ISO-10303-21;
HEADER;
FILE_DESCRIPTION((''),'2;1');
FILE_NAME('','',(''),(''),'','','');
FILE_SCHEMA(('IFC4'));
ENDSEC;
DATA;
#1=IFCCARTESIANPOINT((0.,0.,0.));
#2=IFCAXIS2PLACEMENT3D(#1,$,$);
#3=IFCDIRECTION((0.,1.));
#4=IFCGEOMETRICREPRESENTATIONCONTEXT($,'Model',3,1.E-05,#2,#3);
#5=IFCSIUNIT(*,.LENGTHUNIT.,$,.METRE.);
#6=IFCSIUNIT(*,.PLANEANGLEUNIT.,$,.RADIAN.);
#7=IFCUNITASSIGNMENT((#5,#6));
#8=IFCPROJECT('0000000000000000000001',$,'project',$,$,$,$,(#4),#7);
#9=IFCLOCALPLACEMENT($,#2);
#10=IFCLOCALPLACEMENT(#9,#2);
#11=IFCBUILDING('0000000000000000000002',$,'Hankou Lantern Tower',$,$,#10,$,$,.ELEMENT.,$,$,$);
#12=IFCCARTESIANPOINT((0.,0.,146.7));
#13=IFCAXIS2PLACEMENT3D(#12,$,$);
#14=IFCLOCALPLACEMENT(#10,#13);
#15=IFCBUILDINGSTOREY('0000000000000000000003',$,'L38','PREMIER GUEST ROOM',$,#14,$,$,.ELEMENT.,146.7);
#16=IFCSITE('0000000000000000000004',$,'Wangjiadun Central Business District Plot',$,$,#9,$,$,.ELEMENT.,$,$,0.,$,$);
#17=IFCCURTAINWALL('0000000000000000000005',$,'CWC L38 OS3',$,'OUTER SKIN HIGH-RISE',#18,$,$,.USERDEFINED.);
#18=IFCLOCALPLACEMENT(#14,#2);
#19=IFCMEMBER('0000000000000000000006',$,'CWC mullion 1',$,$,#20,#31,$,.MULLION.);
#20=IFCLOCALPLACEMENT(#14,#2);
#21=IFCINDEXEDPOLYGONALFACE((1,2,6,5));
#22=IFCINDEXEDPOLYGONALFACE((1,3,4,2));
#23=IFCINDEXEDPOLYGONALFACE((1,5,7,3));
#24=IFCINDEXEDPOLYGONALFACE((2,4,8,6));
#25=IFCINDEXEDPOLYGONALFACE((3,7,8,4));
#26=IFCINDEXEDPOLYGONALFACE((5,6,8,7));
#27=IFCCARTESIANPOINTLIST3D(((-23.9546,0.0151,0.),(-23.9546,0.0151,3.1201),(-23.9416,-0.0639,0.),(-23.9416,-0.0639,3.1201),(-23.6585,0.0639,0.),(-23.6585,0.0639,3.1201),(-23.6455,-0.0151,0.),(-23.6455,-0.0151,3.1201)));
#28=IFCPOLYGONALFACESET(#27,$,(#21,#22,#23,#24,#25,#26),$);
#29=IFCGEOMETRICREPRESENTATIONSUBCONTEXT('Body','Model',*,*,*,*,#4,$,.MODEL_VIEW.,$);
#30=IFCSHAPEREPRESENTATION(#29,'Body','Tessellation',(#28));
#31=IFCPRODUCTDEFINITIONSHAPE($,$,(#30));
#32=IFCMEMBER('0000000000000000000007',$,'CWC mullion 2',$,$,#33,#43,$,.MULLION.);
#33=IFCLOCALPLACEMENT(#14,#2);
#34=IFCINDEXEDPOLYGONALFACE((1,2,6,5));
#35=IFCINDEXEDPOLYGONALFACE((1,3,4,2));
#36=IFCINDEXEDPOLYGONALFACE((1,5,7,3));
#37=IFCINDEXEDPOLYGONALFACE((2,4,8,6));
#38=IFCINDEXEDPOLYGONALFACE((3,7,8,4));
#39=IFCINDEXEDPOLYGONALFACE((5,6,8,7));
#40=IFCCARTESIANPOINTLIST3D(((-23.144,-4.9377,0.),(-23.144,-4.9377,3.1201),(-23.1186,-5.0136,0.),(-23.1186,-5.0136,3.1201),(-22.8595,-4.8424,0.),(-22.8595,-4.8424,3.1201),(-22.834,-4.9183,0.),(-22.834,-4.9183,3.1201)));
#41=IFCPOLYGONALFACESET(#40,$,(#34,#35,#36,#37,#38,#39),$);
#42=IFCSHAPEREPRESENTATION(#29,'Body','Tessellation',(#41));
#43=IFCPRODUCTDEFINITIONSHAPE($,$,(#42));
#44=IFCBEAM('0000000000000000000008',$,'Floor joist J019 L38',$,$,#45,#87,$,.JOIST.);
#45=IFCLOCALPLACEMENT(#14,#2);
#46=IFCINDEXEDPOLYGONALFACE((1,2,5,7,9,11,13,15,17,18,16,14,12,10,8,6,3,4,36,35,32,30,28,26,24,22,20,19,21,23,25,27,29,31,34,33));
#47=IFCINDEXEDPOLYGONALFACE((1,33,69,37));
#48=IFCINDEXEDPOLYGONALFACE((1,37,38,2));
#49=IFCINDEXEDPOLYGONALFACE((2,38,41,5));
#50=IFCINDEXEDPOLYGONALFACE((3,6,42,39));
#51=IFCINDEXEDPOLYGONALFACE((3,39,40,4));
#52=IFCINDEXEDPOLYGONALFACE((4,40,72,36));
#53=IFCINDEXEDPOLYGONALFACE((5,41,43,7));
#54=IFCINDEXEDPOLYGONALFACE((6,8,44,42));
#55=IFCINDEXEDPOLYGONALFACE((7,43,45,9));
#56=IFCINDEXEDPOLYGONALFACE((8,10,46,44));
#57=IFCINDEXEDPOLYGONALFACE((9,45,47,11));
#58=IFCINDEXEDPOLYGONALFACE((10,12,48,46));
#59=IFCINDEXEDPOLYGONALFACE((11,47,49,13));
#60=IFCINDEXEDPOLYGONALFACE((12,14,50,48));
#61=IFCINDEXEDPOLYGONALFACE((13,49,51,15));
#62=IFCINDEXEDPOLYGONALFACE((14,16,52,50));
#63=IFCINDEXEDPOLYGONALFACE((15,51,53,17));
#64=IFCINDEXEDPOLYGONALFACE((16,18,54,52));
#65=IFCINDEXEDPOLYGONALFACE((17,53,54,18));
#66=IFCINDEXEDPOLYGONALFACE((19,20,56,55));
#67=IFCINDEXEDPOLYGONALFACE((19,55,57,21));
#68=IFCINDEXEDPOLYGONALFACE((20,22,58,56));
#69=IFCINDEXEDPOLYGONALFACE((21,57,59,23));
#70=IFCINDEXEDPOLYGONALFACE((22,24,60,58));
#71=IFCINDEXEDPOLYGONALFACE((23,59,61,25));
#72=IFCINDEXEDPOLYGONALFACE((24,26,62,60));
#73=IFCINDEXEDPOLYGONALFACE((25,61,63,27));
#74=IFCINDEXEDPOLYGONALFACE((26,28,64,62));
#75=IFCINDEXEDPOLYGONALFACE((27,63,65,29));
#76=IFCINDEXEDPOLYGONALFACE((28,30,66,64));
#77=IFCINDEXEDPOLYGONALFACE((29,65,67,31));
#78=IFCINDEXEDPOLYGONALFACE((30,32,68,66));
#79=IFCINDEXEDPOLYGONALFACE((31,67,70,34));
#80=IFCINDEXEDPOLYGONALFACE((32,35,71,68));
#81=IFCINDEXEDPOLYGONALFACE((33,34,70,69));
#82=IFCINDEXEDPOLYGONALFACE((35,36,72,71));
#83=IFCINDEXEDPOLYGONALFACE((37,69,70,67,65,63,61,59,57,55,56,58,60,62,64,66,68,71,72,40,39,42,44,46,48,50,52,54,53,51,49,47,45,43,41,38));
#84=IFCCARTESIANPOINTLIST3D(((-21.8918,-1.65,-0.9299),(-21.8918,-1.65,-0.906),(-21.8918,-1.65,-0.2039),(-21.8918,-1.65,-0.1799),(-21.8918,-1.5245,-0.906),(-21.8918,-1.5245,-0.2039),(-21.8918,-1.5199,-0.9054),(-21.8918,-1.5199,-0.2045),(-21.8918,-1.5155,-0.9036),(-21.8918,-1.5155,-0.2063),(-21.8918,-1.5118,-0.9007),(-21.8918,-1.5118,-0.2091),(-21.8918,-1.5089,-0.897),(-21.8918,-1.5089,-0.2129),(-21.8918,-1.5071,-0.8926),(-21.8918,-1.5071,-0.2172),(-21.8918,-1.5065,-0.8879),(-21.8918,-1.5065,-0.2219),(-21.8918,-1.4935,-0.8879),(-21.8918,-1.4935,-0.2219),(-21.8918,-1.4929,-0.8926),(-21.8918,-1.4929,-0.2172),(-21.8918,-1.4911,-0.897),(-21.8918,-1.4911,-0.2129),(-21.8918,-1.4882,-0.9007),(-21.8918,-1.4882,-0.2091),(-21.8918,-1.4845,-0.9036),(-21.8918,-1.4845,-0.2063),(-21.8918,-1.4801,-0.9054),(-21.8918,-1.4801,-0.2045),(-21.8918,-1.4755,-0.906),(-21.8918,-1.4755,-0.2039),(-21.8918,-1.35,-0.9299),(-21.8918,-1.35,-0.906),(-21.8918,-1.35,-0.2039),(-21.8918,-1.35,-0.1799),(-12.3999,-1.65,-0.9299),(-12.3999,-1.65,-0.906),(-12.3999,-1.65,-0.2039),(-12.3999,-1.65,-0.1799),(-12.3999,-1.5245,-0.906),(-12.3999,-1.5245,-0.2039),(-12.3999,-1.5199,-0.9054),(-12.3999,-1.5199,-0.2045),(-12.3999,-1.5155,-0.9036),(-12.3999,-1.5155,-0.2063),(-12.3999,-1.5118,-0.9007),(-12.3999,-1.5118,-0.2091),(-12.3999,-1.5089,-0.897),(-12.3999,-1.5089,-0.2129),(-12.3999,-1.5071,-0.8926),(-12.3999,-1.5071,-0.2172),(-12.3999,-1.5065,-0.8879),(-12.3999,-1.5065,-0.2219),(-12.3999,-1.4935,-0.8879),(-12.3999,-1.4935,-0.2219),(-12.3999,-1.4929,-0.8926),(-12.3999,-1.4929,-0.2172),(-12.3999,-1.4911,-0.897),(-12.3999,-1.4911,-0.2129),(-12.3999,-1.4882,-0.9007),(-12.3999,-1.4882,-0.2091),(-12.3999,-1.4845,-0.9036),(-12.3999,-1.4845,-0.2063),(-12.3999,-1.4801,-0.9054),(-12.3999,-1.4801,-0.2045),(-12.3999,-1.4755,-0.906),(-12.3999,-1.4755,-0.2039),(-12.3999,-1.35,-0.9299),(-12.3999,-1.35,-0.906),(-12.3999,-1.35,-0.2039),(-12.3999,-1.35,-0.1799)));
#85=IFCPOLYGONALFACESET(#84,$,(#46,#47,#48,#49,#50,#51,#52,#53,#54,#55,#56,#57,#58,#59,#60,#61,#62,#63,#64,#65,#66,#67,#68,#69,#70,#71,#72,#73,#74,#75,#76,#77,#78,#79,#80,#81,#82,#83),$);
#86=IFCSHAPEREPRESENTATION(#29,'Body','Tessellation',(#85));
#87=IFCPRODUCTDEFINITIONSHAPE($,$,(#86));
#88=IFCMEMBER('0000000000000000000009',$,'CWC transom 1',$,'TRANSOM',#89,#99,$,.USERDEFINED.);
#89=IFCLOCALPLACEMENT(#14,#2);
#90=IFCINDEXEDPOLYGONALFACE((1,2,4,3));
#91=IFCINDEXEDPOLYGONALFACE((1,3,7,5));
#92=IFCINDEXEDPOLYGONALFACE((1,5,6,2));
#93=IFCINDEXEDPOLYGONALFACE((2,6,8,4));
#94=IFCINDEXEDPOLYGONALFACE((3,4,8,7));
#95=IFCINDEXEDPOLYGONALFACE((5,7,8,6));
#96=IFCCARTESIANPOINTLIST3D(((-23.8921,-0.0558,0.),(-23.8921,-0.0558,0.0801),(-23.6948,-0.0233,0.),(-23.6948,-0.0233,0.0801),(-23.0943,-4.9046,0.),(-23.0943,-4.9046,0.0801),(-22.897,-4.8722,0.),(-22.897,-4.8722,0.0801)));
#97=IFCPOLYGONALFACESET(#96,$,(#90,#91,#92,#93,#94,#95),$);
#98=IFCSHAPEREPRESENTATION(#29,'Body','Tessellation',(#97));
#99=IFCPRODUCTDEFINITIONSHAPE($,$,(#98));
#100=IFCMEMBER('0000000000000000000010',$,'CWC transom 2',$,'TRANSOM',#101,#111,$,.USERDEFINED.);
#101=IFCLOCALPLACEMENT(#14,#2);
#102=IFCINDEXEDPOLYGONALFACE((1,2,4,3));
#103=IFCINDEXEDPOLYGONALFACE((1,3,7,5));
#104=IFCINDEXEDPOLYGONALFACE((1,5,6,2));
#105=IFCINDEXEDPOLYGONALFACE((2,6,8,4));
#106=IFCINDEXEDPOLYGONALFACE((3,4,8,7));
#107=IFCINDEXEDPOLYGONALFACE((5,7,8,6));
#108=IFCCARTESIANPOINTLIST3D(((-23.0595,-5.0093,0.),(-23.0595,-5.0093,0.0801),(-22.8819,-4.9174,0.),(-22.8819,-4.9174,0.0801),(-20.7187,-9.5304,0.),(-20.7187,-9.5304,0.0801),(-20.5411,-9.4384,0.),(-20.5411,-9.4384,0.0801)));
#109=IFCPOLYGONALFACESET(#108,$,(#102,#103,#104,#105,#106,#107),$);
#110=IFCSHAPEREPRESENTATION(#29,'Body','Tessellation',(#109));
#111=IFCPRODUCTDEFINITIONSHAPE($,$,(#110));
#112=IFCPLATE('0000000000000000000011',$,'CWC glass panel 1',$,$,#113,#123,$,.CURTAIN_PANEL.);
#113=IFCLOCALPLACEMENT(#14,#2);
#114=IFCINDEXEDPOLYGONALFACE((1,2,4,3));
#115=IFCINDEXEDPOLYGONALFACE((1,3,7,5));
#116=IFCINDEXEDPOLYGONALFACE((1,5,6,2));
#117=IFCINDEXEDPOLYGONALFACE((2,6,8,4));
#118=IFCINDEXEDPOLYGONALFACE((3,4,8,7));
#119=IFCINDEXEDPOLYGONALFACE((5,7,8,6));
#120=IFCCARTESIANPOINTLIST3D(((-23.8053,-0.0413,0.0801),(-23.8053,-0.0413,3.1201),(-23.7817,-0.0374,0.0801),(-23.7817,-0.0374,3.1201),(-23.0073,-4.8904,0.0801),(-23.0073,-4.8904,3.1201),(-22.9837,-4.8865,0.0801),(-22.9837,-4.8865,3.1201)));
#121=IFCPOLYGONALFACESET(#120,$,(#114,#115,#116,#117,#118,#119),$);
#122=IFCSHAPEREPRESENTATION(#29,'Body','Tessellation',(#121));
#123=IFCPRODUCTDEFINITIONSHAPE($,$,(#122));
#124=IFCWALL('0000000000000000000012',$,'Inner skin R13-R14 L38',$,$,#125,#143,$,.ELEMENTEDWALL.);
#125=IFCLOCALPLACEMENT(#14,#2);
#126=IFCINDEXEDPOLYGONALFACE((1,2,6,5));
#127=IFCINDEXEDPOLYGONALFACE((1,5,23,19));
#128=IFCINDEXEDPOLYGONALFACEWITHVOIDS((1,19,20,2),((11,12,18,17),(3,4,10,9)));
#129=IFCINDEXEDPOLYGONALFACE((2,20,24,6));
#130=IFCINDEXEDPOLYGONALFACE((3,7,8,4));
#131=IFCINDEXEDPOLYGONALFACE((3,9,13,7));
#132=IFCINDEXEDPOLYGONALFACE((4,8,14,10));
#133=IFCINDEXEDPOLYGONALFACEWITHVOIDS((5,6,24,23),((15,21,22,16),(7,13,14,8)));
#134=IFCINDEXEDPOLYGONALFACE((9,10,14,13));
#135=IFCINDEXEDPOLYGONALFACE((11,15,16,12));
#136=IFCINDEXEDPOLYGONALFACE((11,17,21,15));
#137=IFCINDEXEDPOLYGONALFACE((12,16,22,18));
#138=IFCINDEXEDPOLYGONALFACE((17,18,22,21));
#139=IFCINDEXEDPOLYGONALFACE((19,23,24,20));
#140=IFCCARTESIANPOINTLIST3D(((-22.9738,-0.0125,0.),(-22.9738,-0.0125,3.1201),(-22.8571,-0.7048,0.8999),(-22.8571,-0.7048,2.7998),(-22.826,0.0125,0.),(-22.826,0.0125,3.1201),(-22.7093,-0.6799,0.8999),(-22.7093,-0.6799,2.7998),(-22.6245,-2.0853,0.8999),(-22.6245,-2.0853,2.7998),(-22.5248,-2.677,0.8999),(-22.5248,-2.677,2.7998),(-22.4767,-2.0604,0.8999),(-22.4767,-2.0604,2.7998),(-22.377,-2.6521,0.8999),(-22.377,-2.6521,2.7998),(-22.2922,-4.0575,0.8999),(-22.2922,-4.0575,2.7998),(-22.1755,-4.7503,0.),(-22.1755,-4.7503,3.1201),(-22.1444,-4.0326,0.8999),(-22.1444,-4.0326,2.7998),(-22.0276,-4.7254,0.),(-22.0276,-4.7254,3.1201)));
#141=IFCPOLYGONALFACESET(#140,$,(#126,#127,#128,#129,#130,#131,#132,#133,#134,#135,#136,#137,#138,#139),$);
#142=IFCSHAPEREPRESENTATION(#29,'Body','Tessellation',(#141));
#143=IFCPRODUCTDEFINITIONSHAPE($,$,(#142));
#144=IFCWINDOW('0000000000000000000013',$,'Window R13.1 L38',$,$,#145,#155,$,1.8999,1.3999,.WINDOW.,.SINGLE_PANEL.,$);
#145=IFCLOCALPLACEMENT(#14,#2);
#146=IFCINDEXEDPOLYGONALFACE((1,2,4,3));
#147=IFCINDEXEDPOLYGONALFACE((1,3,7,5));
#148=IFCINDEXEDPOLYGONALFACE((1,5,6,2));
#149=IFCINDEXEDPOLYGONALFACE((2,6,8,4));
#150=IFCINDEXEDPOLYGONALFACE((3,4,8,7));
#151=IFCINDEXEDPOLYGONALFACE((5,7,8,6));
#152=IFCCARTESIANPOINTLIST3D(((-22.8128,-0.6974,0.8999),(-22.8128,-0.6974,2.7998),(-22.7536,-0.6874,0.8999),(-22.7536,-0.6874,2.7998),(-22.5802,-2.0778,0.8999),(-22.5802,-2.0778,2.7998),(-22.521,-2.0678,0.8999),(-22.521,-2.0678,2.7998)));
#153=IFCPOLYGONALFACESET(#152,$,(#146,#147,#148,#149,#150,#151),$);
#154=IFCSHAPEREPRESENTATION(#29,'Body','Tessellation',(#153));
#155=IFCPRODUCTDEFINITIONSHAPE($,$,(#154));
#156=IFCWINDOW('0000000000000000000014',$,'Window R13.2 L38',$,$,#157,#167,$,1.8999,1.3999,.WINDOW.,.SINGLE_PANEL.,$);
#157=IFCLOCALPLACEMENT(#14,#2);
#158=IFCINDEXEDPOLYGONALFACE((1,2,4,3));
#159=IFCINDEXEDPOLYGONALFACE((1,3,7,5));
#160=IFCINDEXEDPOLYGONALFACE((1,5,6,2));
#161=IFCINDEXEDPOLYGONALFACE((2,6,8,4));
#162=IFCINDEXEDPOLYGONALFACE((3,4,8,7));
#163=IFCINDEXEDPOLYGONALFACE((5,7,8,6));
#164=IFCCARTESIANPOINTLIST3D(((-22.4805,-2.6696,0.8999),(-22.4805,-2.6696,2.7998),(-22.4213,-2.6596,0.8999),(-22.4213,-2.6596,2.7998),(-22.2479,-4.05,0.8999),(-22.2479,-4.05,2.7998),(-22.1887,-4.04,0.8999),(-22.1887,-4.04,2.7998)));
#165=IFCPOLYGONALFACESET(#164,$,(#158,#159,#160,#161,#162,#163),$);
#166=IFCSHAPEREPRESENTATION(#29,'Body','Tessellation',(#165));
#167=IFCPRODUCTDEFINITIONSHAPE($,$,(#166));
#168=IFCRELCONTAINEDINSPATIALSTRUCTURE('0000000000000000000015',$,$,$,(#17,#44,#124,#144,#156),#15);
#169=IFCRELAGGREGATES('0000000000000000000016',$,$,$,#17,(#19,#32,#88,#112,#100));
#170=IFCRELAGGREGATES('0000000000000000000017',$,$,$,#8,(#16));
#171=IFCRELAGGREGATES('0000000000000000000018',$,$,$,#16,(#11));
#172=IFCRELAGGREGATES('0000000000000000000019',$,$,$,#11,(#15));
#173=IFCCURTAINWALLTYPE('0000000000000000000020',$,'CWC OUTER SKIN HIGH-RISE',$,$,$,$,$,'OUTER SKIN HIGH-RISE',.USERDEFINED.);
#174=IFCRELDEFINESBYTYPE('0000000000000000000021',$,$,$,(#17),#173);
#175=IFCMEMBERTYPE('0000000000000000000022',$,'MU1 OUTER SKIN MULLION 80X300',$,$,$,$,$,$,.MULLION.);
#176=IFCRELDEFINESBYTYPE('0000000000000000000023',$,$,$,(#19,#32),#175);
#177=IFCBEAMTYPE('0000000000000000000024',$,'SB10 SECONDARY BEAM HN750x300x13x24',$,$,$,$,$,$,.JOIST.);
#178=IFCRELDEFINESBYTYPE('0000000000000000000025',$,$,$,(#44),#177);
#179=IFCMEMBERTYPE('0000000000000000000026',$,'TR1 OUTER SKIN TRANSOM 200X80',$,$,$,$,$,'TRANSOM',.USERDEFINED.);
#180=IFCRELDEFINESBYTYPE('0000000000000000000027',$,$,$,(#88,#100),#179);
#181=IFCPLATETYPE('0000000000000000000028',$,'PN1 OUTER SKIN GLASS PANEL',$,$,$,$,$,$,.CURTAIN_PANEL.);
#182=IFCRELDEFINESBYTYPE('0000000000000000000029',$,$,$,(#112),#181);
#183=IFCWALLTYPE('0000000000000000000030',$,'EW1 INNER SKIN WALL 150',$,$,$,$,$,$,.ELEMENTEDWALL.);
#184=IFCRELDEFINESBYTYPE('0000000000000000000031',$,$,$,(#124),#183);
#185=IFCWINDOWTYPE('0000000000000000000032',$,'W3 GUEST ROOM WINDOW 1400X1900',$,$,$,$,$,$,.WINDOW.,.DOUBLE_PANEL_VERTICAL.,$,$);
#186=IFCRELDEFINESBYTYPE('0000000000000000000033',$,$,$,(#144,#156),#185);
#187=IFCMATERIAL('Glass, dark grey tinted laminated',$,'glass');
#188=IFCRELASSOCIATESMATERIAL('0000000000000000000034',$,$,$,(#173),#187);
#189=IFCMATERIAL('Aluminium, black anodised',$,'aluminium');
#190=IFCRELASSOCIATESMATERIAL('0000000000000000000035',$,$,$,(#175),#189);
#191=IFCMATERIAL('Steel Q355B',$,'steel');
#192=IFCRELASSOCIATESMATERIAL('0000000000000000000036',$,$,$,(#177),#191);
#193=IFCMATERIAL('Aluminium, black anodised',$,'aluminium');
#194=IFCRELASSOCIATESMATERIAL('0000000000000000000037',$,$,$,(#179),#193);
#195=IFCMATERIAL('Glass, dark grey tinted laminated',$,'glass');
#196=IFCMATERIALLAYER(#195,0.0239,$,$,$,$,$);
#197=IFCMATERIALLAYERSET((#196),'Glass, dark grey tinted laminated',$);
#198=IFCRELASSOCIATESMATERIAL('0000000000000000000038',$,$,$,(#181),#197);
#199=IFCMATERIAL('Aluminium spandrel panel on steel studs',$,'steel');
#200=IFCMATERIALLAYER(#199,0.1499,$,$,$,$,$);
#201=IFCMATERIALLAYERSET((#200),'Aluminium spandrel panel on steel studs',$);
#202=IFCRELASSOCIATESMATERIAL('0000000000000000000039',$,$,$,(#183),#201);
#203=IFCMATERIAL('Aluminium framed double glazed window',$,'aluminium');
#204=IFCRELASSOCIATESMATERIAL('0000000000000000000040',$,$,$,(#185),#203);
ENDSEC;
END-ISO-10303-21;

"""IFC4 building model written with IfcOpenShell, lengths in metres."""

from ifc_helpers import new_model, si_unit, direction, frame, frame_2d, origin, origin_2d, place, context, subcontext, project, spatial, rectangle, i_section, extrude, material, layer, layer_set, material_profile, profile_set, type_object, element, fill, aggregate, save


model = new_model("IFC4")

# Units and contexts
model_context = context("Model", 3, precision=1e-05, world=origin(), true_north=direction((0.0, 1.0)))
body_context = subcontext(model_context, "Body", "Model", "MODEL_VIEW")
ifc_project = project(units=[si_unit("LENGTHUNIT", "METRE"), si_unit("PLANEANGLEUNIT", "RADIAN")], contexts=[model_context])

# Site, building, storey
site_placement = place(None, origin())
site = spatial("IfcSite", under=ifc_project, at=site_placement, Name="Wangjiadun Central Business District Plot", CompositionType="ELEMENT", RefElevation=0.0)
building_placement = place(site_placement, origin())
building = spatial("IfcBuilding", under=site, at=building_placement, Name="Hankou Lantern Tower", CompositionType="ELEMENT")
storey_placement = place(building_placement, frame((0.0, 0.0, 146.7)))
storey = spatial("IfcBuildingStorey", under=building, at=storey_placement, Name="L38", Description="PREMIER GUEST ROOM", CompositionType="ELEMENT", Elevation=146.7)

# Curtain wall, members
ifc_material_1 = material(Name="Glass, dark grey tinted laminated", Category="glass")
curtain_wall_type = type_object("IfcCurtainWallType", Name="CWC OUTER SKIN HIGH-RISE", ElementType="OUTER SKIN HIGH-RISE", PredefinedType="USERDEFINED", material=ifc_material_1)
curtain_wall_placement = place(storey_placement, origin())
curtain_wall = element("IfcCurtainWall", 1, at=curtain_wall_placement, inside=storey, type_object=curtain_wall_type, Name="CWC L38 OS3", ObjectType="OUTER SKIN HIGH-RISE", PredefinedType="USERDEFINED")
ifc_material_2 = material(Name="Aluminium, black anodised", Category="aluminium")
ifc_material_profile_1 = material_profile(ifc_material_2, rectangle(XDim=0.0801, YDim=0.3, at=origin_2d()), Name="MU1 80X300")
ifc_profile_set_1 = profile_set([ifc_material_profile_1], Name="Aluminium, black anodised")
member_type_1 = type_object("IfcMemberType", Name="MU1 OUTER SKIN MULLION 80X300", PredefinedType="MULLION", material=ifc_profile_set_1)
member_1_placement = place(storey_placement, frame((-23.8, 0.0, 0.0), z_axis=(0.0, 0.0, 1.0), x_axis=(0.162382, -0.986728, 0.0)))
member_1 = element("IfcMember", 2, at=member_1_placement, type_object=member_type_1, Name="CWC mullion 1", PredefinedType="MULLION", context=body_context, shape_type="SweptSolid", body=[
    extrude(rectangle(XDim=0.0801, YDim=0.3, at=origin_2d()), origin(), (0.0, 0.0, 1.0), 3.1201),
])
member_2_placement = place(storey_placement, frame((-22.989, -4.928, 0.0), z_axis=(0.0, 0.0, 1.0), x_axis=(0.317596, -0.948226, 0.0)))
member_2 = element("IfcMember", 3, at=member_2_placement, type_object=member_type_1, Name="CWC mullion 2", PredefinedType="MULLION", context=body_context, shape_type="SweptSolid", body=[
    extrude(rectangle(XDim=0.0801, YDim=0.3, at=origin_2d()), origin(), (0.0, 0.0, 1.0), 3.1201),
])

# Beam
ifc_material_3 = material(Name="Steel Q355B", Category="steel")
ifc_material_profile_2 = material_profile(ifc_material_3, i_section(OverallWidth=0.3, OverallDepth=0.75, WebThickness=0.0129, FlangeThickness=0.0239, FilletRadius=0.0181, at=origin_2d()), Name="HN750x300x13x24")
ifc_profile_set_2 = profile_set([ifc_material_profile_2], Name="Steel Q355B")
beam_type_1 = type_object("IfcBeamType", Name="SB10 SECONDARY BEAM HN750x300x13x24", PredefinedType="JOIST", material=ifc_profile_set_2)
beam_1_placement = place(storey_placement, frame((-21.8918, -1.5, -0.5549), z_axis=(1.0, 0.0, 0.0), x_axis=(0.0, 1.0, 0.0)))
element("IfcBeam", 4, at=beam_1_placement, inside=storey, type_object=beam_type_1, Name="Floor joist J019 L38", PredefinedType="JOIST", context=body_context, shape_type="SweptSolid", body=[
    extrude(i_section(OverallWidth=0.3, OverallDepth=0.75, WebThickness=0.0129, FlangeThickness=0.0239, FilletRadius=0.0181, at=origin_2d()), origin(), (0.0, 0.0, 1.0), 9.4919),
])

# Members
ifc_material_4 = material(Name="Aluminium, black anodised", Category="aluminium")
ifc_material_profile_3 = material_profile(ifc_material_4, rectangle(XDim=0.2, YDim=0.0801, at=origin_2d()), Name="TR1 200X80")
ifc_profile_set_3 = profile_set([ifc_material_profile_3], Name="Aluminium, black anodised")
member_type_2 = type_object("IfcMemberType", Name="TR1 OUTER SKIN TRANSOM 200X80", ElementType="TRANSOM", PredefinedType="USERDEFINED", material=ifc_profile_set_3)
member_3_placement = place(storey_placement, frame((-23.7935, -0.0396, 0.04), z_axis=(0.16236, -0.986732, 0.0), x_axis=(0.986732, 0.16236, 0.0)))
member_3 = element("IfcMember", 5, at=member_3_placement, type_object=member_type_2, Name="CWC transom 1", ObjectType="TRANSOM", PredefinedType="USERDEFINED", context=body_context, shape_type="SweptSolid", body=[
    extrude(rectangle(XDim=0.2, YDim=0.0801, at=origin_2d()), origin(), (0.0, 0.0, 1.0), 4.9141),
])
member_4_placement = place(storey_placement, frame((-22.9707, -4.9634, 0.04), z_axis=(0.459791, -0.888027, 0.0), x_axis=(0.888027, 0.459791, 0.0)))
member_4 = element("IfcMember", 6, at=member_4_placement, type_object=member_type_2, Name="CWC transom 2", ObjectType="TRANSOM", PredefinedType="USERDEFINED", context=body_context, shape_type="SweptSolid", body=[
    extrude(rectangle(XDim=0.2, YDim=0.0801, at=origin_2d()), origin(), (0.0, 0.0, 1.0), 5.0911),
])

# Plate
ifc_material_5 = material(Name="Glass, dark grey tinted laminated", Category="glass")
ifc_layer_1 = layer(ifc_material_5, 0.0239)
ifc_layer_set_1 = layer_set([ifc_layer_1], Name="Glass, dark grey tinted laminated")
plate_type = type_object("IfcPlateType", Name="PN1 OUTER SKIN GLASS PANEL", PredefinedType="CURTAIN_PANEL", material=ifc_layer_set_1)
plate_placement = place(storey_placement, frame((-23.3945, -2.4639, 0.0801), z_axis=(0.0, 0.0, 1.0), x_axis=(0.162382, -0.986728, 0.0)))
plate = element("IfcPlate", 7, at=plate_placement, type_object=plate_type, Name="CWC glass panel 1", PredefinedType="CURTAIN_PANEL", context=body_context, shape_type="SweptSolid", body=[
    extrude(rectangle(XDim=4.9143, YDim=0.0239, at=origin_2d()), origin(), (0.0, 0.0, 1.0), 3.04),
])
aggregate(curtain_wall, [member_1, member_2, member_3, plate, member_4])

# Wall, openings, windows
ifc_material_6 = material(Name="Aluminium spandrel panel on steel studs", Category="steel")
ifc_layer_2 = layer(ifc_material_6, 0.1499)
ifc_layer_set_2 = layer_set([ifc_layer_2], Name="Aluminium spandrel panel on steel studs")
wall_type_1 = type_object("IfcWallType", Name="EW1 INNER SKIN WALL 150", PredefinedType="ELEMENTEDWALL", material=ifc_layer_set_2)
wall_1_placement = place(storey_placement, frame((-22.8999, 0.0, 0.0), z_axis=(0.0, 0.0, 1.0), x_axis=(0.166162, -0.986098, 0.0)))
wall_1 = element("IfcWall", 8, at=wall_1_placement, inside=storey, type_object=wall_type_1, Name="Inner skin R13-R14 L38", PredefinedType="ELEMENTEDWALL", context=body_context, shape_type="SweptSolid", body=[
    extrude(rectangle(XDim=4.8047, YDim=0.1499, at=frame_2d((2.4023, 0.0))), origin(), (0.0, 0.0, 1.0), 3.1201),
])
opening_1_placement = place(wall_1_placement, frame((0.7021, 0.0, 0.8999)))
opening_1 = element("IfcOpeningElement", 9, at=opening_1_placement, cuts=wall_1, PredefinedType="OPENING", context=body_context, shape_type="SweptSolid", body=[
    extrude(rectangle(XDim=1.3999, YDim=1.8999, at=frame_2d((0.7, 0.95))), frame((0.0, 0.085, 0.0), z_axis=(0.0, -1.0, 0.0), x_axis=(1.0, 0.0, 0.0)), (0.0, 0.0, 1.0), 0.1699),
])
opening_2_placement = place(wall_1_placement, frame((2.7021, 0.0, 0.8999)))
opening_2 = element("IfcOpeningElement", 10, at=opening_2_placement, cuts=wall_1, PredefinedType="OPENING", context=body_context, shape_type="SweptSolid", body=[
    extrude(rectangle(XDim=1.3999, YDim=1.8999, at=frame_2d((0.7, 0.95))), frame((0.0, 0.085, 0.0), z_axis=(0.0, -1.0, 0.0), x_axis=(1.0, 0.0, 0.0)), (0.0, 0.0, 1.0), 0.1699),
])
ifc_material_7 = material(Name="Aluminium framed double glazed window", Category="aluminium")
window_type = type_object("IfcWindowType", Name="W3 GUEST ROOM WINDOW 1400X1900", PartitioningType="DOUBLE_PANEL_VERTICAL", PredefinedType="WINDOW", material=ifc_material_7)
window_1_placement = place(opening_1_placement, origin())
window_1 = element("IfcWindow", 11, at=window_1_placement, inside=storey, type_object=window_type, Name="Window R13.1 L38", OverallHeight=1.8999, OverallWidth=1.3999, PartitioningType="SINGLE_PANEL", PredefinedType="WINDOW", context=body_context, shape_type="SweptSolid", body=[
    extrude(rectangle(XDim=1.3999, YDim=1.8999, at=frame_2d((0.7, 0.95))), frame((0.0, 0.03, 0.0), z_axis=(0.0, -1.0, 0.0), x_axis=(1.0, 0.0, 0.0)), (0.0, 0.0, 1.0), 0.0601),
])
fill(opening_1, window_1)
window_2_placement = place(opening_2_placement, origin())
window_2 = element("IfcWindow", 12, at=window_2_placement, inside=storey, type_object=window_type, Name="Window R13.2 L38", OverallHeight=1.8999, OverallWidth=1.3999, PartitioningType="SINGLE_PANEL", PredefinedType="WINDOW", context=body_context, shape_type="SweptSolid", body=[
    extrude(rectangle(XDim=1.3999, YDim=1.8999, at=frame_2d((0.7, 0.95))), frame((0.0, 0.03, 0.0), z_axis=(0.0, -1.0, 0.0), x_axis=(1.0, 0.0, 0.0)), (0.0, 0.0, 1.0), 0.0601),
])
fill(opening_2, window_2)

save(model, "model.ifc")
